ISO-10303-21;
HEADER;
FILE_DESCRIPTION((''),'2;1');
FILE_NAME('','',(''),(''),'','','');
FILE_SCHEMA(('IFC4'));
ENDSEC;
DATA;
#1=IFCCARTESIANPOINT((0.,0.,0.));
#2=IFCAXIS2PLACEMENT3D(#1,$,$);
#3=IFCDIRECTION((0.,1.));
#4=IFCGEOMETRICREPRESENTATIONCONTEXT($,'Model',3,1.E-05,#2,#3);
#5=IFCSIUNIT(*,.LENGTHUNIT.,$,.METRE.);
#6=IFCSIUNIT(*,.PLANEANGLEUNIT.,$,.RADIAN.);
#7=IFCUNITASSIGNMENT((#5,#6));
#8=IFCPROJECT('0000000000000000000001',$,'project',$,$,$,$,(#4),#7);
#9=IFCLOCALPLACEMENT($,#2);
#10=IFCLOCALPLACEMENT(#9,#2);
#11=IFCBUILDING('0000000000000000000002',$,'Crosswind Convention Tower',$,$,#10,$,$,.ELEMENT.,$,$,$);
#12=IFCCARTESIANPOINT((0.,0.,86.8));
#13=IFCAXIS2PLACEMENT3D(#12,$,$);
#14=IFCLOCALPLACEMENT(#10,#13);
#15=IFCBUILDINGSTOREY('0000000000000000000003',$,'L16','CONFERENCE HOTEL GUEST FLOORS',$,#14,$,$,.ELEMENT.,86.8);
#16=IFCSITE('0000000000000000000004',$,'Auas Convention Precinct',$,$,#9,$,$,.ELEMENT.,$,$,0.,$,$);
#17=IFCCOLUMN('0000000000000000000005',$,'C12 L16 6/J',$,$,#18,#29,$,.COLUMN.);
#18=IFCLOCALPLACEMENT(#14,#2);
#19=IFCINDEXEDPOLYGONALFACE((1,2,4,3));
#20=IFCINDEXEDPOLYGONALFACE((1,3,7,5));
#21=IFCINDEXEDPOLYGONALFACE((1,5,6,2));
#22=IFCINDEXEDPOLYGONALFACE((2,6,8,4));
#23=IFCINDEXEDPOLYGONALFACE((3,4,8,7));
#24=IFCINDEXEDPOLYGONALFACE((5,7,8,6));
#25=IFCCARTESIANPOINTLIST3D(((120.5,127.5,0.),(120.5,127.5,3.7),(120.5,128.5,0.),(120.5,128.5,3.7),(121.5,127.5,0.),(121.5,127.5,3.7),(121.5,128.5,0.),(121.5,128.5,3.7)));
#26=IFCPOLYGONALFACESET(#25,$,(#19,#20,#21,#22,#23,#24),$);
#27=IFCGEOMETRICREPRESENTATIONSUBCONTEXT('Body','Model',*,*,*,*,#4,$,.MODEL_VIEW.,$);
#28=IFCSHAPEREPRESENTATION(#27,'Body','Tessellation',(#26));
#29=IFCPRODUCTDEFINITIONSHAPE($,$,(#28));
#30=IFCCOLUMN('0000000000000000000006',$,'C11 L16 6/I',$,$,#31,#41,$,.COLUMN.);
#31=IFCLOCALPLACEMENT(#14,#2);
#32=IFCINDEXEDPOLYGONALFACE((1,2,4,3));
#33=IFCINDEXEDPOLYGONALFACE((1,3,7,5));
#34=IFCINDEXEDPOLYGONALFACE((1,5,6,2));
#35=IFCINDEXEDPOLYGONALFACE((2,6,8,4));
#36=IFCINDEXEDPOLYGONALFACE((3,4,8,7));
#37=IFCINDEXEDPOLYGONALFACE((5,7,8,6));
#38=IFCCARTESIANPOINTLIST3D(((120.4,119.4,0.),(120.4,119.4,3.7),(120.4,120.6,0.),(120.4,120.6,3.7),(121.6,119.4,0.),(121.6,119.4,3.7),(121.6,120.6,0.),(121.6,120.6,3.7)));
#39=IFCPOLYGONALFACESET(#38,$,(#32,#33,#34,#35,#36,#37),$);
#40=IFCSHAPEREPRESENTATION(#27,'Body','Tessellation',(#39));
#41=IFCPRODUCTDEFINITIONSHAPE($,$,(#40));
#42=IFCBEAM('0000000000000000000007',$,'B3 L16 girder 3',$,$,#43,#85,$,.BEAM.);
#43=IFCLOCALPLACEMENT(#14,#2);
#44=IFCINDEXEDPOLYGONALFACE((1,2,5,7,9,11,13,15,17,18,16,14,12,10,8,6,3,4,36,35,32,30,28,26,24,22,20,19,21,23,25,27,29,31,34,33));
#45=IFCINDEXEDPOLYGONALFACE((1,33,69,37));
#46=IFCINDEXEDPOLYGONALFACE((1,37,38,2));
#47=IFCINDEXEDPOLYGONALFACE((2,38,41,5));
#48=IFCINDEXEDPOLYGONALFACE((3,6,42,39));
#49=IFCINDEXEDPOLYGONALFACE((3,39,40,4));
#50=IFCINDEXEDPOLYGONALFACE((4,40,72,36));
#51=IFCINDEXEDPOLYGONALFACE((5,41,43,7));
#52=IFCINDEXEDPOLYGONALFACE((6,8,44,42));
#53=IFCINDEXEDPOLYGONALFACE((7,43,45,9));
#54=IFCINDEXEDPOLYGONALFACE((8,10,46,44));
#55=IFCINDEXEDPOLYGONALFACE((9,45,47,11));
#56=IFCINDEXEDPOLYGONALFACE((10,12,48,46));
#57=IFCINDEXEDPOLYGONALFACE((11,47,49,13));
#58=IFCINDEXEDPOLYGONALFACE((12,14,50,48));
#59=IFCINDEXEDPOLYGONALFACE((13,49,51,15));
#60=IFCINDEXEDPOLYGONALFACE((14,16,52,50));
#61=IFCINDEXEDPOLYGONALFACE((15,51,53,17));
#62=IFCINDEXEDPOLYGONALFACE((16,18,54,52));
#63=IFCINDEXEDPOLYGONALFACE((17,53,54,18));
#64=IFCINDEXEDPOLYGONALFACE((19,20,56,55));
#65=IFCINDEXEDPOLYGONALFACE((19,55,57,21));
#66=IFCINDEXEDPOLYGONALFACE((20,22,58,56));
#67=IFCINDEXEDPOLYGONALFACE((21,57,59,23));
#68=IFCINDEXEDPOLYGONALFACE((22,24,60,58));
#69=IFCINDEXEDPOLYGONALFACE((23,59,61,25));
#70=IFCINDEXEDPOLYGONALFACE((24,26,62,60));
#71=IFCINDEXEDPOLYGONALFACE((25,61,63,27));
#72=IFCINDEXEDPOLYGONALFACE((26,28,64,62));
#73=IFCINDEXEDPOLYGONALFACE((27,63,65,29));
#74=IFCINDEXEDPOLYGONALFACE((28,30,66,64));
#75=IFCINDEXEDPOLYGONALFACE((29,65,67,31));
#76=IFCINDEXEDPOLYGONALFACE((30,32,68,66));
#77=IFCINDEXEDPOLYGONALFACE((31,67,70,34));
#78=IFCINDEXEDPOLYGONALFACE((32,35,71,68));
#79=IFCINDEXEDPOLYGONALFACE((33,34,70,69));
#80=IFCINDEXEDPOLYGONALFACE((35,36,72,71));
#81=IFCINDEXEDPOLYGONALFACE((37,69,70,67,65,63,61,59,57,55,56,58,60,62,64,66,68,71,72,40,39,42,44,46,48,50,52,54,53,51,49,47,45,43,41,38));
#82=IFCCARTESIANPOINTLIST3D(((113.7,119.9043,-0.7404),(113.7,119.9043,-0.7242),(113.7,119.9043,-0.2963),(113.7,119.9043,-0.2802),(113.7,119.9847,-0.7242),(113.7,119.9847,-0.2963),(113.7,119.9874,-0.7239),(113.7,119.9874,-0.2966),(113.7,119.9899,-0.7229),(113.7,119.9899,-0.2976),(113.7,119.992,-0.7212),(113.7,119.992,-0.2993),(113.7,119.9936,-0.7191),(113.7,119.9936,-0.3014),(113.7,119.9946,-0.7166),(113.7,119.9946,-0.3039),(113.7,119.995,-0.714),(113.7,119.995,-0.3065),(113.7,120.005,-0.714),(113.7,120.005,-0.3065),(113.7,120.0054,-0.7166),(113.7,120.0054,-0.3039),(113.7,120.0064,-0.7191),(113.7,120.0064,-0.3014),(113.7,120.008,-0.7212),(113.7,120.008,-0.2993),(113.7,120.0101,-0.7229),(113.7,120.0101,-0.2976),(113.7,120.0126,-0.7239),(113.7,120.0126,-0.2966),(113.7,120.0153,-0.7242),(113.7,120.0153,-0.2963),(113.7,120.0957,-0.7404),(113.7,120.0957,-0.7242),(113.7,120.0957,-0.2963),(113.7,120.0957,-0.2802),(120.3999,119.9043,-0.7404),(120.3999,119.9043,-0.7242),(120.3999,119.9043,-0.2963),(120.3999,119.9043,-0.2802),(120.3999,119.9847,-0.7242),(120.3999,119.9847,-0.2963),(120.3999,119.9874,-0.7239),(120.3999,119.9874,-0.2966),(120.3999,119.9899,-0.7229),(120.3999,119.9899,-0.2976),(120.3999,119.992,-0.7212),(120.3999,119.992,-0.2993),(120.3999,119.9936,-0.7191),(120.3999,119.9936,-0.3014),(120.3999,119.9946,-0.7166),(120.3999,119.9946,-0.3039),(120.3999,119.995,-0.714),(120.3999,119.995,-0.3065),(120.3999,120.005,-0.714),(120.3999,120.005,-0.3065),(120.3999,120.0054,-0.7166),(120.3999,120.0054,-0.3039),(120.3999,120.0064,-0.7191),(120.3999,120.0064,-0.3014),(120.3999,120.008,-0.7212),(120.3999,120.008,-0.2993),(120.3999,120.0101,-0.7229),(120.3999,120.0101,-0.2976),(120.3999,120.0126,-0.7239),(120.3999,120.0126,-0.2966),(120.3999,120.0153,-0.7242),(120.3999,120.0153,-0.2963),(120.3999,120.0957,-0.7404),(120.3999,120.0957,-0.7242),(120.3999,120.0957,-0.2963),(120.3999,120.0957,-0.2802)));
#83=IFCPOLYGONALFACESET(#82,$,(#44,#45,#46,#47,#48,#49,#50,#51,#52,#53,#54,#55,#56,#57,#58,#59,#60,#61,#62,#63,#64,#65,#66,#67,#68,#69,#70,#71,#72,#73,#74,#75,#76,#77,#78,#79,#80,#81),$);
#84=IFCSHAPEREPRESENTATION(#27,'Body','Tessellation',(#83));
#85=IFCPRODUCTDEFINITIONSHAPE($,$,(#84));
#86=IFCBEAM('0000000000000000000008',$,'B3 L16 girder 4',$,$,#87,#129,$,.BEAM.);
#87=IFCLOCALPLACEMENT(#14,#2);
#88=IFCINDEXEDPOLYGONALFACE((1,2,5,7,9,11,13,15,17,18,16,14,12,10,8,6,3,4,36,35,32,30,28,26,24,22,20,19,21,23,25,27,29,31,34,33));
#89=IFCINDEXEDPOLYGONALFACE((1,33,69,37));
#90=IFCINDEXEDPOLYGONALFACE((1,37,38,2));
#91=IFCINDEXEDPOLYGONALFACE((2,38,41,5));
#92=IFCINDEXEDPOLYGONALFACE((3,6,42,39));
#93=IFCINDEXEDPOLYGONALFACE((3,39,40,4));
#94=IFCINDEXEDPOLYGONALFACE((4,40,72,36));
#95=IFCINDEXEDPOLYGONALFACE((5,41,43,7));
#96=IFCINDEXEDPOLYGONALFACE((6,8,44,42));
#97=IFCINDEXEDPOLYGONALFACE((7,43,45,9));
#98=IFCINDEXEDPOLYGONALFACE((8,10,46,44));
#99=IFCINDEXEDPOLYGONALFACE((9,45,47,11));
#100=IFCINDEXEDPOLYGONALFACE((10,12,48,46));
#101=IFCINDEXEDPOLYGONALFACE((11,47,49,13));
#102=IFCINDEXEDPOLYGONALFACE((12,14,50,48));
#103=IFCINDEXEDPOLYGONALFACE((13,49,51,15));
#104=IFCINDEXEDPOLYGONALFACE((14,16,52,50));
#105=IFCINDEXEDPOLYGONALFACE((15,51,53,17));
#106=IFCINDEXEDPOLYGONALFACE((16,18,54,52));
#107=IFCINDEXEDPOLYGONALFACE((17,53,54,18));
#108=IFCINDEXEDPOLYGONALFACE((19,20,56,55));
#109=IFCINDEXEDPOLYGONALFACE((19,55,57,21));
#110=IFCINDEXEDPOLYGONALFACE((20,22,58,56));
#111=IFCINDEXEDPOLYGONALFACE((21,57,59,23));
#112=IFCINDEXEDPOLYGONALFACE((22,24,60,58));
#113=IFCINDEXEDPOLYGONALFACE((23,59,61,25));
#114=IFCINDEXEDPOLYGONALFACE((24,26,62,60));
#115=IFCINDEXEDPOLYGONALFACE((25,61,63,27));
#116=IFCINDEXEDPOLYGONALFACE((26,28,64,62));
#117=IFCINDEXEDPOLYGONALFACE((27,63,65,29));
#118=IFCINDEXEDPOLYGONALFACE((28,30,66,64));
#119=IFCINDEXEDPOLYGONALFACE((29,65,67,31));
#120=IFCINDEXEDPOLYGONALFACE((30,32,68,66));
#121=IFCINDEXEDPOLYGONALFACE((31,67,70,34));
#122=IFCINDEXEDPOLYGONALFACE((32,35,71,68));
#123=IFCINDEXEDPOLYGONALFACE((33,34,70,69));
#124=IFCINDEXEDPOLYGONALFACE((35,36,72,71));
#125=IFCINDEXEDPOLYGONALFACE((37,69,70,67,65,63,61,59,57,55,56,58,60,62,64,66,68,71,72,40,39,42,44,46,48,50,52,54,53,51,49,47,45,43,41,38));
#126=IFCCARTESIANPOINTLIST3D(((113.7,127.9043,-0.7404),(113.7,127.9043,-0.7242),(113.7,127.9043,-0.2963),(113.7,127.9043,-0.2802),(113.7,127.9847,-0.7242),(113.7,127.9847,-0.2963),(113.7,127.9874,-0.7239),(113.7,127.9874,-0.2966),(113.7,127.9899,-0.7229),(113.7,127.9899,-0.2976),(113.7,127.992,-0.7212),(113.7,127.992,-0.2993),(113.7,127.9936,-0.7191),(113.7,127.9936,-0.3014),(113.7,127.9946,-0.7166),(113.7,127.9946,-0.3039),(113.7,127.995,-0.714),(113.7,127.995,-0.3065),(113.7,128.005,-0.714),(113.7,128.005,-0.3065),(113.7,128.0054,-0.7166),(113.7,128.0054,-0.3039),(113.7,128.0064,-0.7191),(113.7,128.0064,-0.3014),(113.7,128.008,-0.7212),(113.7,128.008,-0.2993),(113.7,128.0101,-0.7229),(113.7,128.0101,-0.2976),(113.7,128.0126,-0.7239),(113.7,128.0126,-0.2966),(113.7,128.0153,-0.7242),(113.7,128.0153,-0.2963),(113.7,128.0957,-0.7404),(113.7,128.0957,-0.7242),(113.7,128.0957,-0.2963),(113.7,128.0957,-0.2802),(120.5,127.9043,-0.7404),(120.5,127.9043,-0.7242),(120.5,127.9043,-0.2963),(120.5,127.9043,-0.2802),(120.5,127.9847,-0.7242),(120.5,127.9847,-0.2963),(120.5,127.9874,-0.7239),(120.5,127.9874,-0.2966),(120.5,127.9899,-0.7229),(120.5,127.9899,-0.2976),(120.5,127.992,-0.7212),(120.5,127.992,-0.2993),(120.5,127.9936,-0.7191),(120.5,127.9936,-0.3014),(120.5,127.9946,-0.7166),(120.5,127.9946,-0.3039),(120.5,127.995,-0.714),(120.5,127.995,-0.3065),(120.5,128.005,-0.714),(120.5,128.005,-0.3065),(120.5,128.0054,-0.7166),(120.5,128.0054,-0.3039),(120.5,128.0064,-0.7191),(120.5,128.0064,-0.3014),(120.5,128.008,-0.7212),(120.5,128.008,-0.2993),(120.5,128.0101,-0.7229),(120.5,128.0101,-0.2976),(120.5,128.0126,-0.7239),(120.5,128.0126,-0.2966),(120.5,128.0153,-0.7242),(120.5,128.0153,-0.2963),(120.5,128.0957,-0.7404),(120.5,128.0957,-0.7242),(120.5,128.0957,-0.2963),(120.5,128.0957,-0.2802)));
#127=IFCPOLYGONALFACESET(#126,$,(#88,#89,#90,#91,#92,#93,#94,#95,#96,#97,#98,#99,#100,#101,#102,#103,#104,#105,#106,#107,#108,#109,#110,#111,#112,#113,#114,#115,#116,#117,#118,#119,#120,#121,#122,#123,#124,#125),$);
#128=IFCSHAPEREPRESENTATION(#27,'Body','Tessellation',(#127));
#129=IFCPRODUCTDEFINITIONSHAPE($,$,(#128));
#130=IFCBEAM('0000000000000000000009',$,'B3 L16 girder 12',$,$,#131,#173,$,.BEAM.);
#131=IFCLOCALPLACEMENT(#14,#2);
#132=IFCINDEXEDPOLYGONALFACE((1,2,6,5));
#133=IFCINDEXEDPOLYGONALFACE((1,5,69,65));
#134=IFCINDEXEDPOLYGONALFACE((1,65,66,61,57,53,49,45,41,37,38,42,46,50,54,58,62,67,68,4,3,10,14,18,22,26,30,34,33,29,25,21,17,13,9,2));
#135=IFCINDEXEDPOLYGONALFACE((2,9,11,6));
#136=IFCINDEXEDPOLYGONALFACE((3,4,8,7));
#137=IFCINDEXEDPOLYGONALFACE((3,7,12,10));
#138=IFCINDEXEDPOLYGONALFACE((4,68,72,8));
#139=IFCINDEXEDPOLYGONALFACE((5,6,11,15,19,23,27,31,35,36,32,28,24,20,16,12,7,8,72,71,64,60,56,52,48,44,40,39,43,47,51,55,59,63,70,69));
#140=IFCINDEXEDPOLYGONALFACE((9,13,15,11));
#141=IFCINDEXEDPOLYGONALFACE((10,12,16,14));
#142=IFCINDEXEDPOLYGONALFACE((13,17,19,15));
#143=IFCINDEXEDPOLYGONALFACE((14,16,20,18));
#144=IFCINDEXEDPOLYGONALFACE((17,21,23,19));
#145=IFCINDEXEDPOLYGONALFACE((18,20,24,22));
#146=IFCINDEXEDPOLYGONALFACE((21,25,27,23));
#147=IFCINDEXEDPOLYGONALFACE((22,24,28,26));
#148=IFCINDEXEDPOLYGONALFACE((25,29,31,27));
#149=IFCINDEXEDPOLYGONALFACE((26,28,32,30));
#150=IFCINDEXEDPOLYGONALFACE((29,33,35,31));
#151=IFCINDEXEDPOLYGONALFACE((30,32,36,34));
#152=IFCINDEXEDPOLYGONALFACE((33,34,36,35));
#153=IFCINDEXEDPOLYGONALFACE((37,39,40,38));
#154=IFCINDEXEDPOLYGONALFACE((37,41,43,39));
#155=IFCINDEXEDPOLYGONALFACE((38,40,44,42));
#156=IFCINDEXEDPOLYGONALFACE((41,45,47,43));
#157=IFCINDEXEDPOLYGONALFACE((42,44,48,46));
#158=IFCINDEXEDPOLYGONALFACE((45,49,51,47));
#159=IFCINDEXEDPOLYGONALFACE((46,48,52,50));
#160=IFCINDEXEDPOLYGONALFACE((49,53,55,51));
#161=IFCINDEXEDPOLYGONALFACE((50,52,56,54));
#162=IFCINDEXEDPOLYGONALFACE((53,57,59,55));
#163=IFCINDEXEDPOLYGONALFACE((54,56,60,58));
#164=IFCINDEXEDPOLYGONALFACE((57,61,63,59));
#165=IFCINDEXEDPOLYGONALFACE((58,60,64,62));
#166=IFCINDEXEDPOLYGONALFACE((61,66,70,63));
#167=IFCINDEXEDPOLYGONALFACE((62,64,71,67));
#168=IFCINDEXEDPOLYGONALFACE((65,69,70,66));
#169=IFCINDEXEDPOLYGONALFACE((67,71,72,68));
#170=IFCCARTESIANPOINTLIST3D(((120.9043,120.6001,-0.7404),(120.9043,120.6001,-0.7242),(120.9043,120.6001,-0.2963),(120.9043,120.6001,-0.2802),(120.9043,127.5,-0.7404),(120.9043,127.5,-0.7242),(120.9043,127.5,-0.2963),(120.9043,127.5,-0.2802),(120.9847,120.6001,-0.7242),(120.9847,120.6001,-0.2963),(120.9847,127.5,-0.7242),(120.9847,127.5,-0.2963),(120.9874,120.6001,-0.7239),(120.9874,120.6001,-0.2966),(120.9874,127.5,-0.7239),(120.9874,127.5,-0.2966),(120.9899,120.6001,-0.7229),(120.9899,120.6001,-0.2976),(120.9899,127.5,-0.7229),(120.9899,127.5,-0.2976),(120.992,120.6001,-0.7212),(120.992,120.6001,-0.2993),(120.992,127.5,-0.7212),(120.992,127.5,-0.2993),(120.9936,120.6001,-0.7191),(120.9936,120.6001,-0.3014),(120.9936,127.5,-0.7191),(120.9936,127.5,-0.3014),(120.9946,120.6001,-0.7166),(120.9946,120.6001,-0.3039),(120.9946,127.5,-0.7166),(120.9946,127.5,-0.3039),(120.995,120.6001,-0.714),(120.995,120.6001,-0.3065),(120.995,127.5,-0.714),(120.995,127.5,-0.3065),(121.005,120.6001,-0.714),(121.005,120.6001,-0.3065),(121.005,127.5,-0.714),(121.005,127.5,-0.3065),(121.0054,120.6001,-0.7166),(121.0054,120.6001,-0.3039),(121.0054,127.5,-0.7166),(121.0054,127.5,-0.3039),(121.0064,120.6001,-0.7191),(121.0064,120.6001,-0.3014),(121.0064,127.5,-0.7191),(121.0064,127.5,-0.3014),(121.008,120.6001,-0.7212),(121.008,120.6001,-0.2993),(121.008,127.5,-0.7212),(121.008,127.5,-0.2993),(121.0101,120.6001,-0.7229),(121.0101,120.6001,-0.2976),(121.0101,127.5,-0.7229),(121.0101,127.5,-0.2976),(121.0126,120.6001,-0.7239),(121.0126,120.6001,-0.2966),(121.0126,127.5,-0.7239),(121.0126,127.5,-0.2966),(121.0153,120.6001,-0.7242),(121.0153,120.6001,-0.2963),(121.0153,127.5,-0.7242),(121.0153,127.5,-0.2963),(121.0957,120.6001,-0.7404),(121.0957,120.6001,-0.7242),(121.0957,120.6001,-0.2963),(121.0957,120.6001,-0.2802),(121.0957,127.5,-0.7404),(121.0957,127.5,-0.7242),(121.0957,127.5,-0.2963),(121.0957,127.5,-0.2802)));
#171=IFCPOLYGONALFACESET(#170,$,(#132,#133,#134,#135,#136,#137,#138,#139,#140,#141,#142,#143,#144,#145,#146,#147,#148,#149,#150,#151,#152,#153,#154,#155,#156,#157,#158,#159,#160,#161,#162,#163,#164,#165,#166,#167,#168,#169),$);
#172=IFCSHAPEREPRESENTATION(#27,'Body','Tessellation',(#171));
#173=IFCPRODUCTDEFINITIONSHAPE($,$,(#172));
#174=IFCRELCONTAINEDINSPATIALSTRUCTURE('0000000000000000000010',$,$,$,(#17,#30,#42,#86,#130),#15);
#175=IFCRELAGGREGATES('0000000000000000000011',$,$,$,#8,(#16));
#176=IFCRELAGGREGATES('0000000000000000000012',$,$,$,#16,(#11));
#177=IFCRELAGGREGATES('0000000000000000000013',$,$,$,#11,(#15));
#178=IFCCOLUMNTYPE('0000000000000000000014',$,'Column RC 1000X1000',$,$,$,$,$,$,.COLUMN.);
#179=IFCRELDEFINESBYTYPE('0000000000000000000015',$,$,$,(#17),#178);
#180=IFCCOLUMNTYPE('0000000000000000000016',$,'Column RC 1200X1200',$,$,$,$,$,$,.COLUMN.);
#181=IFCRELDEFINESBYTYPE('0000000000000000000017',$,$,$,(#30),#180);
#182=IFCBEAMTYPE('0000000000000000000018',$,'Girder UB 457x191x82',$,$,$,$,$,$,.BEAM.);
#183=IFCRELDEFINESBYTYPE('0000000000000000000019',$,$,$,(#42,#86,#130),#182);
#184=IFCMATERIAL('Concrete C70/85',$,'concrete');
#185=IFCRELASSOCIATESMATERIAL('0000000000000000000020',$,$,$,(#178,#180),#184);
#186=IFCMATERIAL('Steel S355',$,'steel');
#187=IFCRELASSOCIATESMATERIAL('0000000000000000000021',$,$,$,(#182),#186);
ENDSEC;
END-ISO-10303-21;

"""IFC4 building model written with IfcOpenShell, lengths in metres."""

from ifc_helpers import new_model, si_unit, direction, frame, origin, origin_2d, place, context, subcontext, project, spatial, rectangle, i_section, extrude, material, material_profile, profile_set, type_object, element, save


model = new_model("IFC4")

# Units and contexts
model_context = context("Model", 3, precision=1e-05, world=origin(), true_north=direction((0.0, 1.0)))
body_context = subcontext(model_context, "Body", "Model", "MODEL_VIEW")
ifc_project = project(units=[si_unit("LENGTHUNIT", "METRE"), si_unit("PLANEANGLEUNIT", "RADIAN")], contexts=[model_context])

# Site, building, storey
site_placement = place(None, origin())
site = spatial("IfcSite", under=ifc_project, at=site_placement, Name="Auas Convention Precinct", CompositionType="ELEMENT", RefElevation=0.0)
building_placement = place(site_placement, origin())
building = spatial("IfcBuilding", under=site, at=building_placement, Name="Crosswind Convention Tower", CompositionType="ELEMENT")
storey_placement = place(building_placement, frame((0.0, 0.0, 86.8)))
storey = spatial("IfcBuildingStorey", under=building, at=storey_placement, Name="L16", Description="CONFERENCE HOTEL GUEST FLOORS", CompositionType="ELEMENT", Elevation=86.8)

# Columns
ifc_material_1 = material(Name="Concrete C70/85", Category="concrete")
ifc_material_profile_1 = material_profile(ifc_material_1, rectangle(XDim=1.0, YDim=1.0, at=origin_2d()), Name="RC 1000X1000")
ifc_profile_set_1 = profile_set([ifc_material_profile_1], Name="Concrete C70/85")
column_type_1 = type_object("IfcColumnType", Name="Column RC 1000X1000", PredefinedType="COLUMN", material=ifc_profile_set_1)
column_1_placement = place(storey_placement, frame((121.0, 128.0, 0.0), z_axis=(0.0, 0.0, 1.0), x_axis=(1.0, 0.0, 0.0)))
element("IfcColumn", 1, at=column_1_placement, inside=storey, type_object=column_type_1, Name="C12 L16 6/J", PredefinedType="COLUMN", context=body_context, shape_type="SweptSolid", body=[
    extrude(rectangle(XDim=1.0, YDim=1.0, at=origin_2d()), origin(), (0.0, 0.0, 1.0), 3.7),
])
ifc_material_profile_2 = material_profile(ifc_material_1, rectangle(XDim=1.2, YDim=1.2, at=origin_2d()), Name="RC 1200X1200")
ifc_profile_set_2 = profile_set([ifc_material_profile_2], Name="Concrete C70/85")
column_type_2 = type_object("IfcColumnType", Name="Column RC 1200X1200", PredefinedType="COLUMN", material=ifc_profile_set_2)
column_2_placement = place(storey_placement, frame((121.0, 120.0, 0.0), z_axis=(0.0, 0.0, 1.0), x_axis=(1.0, 0.0, 0.0)))
element("IfcColumn", 2, at=column_2_placement, inside=storey, type_object=column_type_2, Name="C11 L16 6/I", PredefinedType="COLUMN", context=body_context, shape_type="SweptSolid", body=[
    extrude(rectangle(XDim=1.2, YDim=1.2, at=origin_2d()), origin(), (0.0, 0.0, 1.0), 3.7),
])

# Beams
ifc_material_2 = material(Name="Steel S355", Category="steel")
ifc_material_profile_3 = material_profile(ifc_material_2, i_section(OverallWidth=0.1914, OverallDepth=0.4602, WebThickness=0.01, FlangeThickness=0.0161, FilletRadius=0.0103, at=origin_2d()), Name="UB 457x191x82")
ifc_profile_set_3 = profile_set([ifc_material_profile_3], Name="Steel S355")
beam_type_1 = type_object("IfcBeamType", Name="Girder UB 457x191x82", PredefinedType="BEAM", material=ifc_profile_set_3)
beam_1_placement = place(storey_placement, frame((113.7, 120.0, -0.5103), z_axis=(1.0, 0.0, 0.0), x_axis=(0.0, 1.0, 0.0)))
element("IfcBeam", 3, at=beam_1_placement, inside=storey, type_object=beam_type_1, Name="B3 L16 girder 3", PredefinedType="BEAM", context=body_context, shape_type="SweptSolid", body=[
    extrude(i_section(OverallWidth=0.1914, OverallDepth=0.4602, WebThickness=0.01, FlangeThickness=0.0161, FilletRadius=0.0103, at=origin_2d()), origin(), (0.0, 0.0, 1.0), 6.7),
])
beam_2_placement = place(storey_placement, frame((113.7, 128.0, -0.5103), z_axis=(1.0, 0.0, 0.0), x_axis=(0.0, 1.0, 0.0)))
element("IfcBeam", 4, at=beam_2_placement, inside=storey, type_object=beam_type_1, Name="B3 L16 girder 4", PredefinedType="BEAM", context=body_context, shape_type="SweptSolid", body=[
    extrude(i_section(OverallWidth=0.1914, OverallDepth=0.4602, WebThickness=0.01, FlangeThickness=0.0161, FilletRadius=0.0103, at=origin_2d()), origin(), (0.0, 0.0, 1.0), 6.8),
])
beam_3_placement = place(storey_placement, frame((121.0, 120.6001, -0.5103), z_axis=(0.0, 1.0, 0.0), x_axis=(-1.0, 0.0, 0.0)))
element("IfcBeam", 5, at=beam_3_placement, inside=storey, type_object=beam_type_1, Name="B3 L16 girder 12", PredefinedType="BEAM", context=body_context, shape_type="SweptSolid", body=[
    extrude(i_section(OverallWidth=0.1914, OverallDepth=0.4602, WebThickness=0.01, FlangeThickness=0.0161, FilletRadius=0.0103, at=origin_2d()), origin(), (0.0, 0.0, 1.0), 6.8999),
])

save(model, "model.ifc")
